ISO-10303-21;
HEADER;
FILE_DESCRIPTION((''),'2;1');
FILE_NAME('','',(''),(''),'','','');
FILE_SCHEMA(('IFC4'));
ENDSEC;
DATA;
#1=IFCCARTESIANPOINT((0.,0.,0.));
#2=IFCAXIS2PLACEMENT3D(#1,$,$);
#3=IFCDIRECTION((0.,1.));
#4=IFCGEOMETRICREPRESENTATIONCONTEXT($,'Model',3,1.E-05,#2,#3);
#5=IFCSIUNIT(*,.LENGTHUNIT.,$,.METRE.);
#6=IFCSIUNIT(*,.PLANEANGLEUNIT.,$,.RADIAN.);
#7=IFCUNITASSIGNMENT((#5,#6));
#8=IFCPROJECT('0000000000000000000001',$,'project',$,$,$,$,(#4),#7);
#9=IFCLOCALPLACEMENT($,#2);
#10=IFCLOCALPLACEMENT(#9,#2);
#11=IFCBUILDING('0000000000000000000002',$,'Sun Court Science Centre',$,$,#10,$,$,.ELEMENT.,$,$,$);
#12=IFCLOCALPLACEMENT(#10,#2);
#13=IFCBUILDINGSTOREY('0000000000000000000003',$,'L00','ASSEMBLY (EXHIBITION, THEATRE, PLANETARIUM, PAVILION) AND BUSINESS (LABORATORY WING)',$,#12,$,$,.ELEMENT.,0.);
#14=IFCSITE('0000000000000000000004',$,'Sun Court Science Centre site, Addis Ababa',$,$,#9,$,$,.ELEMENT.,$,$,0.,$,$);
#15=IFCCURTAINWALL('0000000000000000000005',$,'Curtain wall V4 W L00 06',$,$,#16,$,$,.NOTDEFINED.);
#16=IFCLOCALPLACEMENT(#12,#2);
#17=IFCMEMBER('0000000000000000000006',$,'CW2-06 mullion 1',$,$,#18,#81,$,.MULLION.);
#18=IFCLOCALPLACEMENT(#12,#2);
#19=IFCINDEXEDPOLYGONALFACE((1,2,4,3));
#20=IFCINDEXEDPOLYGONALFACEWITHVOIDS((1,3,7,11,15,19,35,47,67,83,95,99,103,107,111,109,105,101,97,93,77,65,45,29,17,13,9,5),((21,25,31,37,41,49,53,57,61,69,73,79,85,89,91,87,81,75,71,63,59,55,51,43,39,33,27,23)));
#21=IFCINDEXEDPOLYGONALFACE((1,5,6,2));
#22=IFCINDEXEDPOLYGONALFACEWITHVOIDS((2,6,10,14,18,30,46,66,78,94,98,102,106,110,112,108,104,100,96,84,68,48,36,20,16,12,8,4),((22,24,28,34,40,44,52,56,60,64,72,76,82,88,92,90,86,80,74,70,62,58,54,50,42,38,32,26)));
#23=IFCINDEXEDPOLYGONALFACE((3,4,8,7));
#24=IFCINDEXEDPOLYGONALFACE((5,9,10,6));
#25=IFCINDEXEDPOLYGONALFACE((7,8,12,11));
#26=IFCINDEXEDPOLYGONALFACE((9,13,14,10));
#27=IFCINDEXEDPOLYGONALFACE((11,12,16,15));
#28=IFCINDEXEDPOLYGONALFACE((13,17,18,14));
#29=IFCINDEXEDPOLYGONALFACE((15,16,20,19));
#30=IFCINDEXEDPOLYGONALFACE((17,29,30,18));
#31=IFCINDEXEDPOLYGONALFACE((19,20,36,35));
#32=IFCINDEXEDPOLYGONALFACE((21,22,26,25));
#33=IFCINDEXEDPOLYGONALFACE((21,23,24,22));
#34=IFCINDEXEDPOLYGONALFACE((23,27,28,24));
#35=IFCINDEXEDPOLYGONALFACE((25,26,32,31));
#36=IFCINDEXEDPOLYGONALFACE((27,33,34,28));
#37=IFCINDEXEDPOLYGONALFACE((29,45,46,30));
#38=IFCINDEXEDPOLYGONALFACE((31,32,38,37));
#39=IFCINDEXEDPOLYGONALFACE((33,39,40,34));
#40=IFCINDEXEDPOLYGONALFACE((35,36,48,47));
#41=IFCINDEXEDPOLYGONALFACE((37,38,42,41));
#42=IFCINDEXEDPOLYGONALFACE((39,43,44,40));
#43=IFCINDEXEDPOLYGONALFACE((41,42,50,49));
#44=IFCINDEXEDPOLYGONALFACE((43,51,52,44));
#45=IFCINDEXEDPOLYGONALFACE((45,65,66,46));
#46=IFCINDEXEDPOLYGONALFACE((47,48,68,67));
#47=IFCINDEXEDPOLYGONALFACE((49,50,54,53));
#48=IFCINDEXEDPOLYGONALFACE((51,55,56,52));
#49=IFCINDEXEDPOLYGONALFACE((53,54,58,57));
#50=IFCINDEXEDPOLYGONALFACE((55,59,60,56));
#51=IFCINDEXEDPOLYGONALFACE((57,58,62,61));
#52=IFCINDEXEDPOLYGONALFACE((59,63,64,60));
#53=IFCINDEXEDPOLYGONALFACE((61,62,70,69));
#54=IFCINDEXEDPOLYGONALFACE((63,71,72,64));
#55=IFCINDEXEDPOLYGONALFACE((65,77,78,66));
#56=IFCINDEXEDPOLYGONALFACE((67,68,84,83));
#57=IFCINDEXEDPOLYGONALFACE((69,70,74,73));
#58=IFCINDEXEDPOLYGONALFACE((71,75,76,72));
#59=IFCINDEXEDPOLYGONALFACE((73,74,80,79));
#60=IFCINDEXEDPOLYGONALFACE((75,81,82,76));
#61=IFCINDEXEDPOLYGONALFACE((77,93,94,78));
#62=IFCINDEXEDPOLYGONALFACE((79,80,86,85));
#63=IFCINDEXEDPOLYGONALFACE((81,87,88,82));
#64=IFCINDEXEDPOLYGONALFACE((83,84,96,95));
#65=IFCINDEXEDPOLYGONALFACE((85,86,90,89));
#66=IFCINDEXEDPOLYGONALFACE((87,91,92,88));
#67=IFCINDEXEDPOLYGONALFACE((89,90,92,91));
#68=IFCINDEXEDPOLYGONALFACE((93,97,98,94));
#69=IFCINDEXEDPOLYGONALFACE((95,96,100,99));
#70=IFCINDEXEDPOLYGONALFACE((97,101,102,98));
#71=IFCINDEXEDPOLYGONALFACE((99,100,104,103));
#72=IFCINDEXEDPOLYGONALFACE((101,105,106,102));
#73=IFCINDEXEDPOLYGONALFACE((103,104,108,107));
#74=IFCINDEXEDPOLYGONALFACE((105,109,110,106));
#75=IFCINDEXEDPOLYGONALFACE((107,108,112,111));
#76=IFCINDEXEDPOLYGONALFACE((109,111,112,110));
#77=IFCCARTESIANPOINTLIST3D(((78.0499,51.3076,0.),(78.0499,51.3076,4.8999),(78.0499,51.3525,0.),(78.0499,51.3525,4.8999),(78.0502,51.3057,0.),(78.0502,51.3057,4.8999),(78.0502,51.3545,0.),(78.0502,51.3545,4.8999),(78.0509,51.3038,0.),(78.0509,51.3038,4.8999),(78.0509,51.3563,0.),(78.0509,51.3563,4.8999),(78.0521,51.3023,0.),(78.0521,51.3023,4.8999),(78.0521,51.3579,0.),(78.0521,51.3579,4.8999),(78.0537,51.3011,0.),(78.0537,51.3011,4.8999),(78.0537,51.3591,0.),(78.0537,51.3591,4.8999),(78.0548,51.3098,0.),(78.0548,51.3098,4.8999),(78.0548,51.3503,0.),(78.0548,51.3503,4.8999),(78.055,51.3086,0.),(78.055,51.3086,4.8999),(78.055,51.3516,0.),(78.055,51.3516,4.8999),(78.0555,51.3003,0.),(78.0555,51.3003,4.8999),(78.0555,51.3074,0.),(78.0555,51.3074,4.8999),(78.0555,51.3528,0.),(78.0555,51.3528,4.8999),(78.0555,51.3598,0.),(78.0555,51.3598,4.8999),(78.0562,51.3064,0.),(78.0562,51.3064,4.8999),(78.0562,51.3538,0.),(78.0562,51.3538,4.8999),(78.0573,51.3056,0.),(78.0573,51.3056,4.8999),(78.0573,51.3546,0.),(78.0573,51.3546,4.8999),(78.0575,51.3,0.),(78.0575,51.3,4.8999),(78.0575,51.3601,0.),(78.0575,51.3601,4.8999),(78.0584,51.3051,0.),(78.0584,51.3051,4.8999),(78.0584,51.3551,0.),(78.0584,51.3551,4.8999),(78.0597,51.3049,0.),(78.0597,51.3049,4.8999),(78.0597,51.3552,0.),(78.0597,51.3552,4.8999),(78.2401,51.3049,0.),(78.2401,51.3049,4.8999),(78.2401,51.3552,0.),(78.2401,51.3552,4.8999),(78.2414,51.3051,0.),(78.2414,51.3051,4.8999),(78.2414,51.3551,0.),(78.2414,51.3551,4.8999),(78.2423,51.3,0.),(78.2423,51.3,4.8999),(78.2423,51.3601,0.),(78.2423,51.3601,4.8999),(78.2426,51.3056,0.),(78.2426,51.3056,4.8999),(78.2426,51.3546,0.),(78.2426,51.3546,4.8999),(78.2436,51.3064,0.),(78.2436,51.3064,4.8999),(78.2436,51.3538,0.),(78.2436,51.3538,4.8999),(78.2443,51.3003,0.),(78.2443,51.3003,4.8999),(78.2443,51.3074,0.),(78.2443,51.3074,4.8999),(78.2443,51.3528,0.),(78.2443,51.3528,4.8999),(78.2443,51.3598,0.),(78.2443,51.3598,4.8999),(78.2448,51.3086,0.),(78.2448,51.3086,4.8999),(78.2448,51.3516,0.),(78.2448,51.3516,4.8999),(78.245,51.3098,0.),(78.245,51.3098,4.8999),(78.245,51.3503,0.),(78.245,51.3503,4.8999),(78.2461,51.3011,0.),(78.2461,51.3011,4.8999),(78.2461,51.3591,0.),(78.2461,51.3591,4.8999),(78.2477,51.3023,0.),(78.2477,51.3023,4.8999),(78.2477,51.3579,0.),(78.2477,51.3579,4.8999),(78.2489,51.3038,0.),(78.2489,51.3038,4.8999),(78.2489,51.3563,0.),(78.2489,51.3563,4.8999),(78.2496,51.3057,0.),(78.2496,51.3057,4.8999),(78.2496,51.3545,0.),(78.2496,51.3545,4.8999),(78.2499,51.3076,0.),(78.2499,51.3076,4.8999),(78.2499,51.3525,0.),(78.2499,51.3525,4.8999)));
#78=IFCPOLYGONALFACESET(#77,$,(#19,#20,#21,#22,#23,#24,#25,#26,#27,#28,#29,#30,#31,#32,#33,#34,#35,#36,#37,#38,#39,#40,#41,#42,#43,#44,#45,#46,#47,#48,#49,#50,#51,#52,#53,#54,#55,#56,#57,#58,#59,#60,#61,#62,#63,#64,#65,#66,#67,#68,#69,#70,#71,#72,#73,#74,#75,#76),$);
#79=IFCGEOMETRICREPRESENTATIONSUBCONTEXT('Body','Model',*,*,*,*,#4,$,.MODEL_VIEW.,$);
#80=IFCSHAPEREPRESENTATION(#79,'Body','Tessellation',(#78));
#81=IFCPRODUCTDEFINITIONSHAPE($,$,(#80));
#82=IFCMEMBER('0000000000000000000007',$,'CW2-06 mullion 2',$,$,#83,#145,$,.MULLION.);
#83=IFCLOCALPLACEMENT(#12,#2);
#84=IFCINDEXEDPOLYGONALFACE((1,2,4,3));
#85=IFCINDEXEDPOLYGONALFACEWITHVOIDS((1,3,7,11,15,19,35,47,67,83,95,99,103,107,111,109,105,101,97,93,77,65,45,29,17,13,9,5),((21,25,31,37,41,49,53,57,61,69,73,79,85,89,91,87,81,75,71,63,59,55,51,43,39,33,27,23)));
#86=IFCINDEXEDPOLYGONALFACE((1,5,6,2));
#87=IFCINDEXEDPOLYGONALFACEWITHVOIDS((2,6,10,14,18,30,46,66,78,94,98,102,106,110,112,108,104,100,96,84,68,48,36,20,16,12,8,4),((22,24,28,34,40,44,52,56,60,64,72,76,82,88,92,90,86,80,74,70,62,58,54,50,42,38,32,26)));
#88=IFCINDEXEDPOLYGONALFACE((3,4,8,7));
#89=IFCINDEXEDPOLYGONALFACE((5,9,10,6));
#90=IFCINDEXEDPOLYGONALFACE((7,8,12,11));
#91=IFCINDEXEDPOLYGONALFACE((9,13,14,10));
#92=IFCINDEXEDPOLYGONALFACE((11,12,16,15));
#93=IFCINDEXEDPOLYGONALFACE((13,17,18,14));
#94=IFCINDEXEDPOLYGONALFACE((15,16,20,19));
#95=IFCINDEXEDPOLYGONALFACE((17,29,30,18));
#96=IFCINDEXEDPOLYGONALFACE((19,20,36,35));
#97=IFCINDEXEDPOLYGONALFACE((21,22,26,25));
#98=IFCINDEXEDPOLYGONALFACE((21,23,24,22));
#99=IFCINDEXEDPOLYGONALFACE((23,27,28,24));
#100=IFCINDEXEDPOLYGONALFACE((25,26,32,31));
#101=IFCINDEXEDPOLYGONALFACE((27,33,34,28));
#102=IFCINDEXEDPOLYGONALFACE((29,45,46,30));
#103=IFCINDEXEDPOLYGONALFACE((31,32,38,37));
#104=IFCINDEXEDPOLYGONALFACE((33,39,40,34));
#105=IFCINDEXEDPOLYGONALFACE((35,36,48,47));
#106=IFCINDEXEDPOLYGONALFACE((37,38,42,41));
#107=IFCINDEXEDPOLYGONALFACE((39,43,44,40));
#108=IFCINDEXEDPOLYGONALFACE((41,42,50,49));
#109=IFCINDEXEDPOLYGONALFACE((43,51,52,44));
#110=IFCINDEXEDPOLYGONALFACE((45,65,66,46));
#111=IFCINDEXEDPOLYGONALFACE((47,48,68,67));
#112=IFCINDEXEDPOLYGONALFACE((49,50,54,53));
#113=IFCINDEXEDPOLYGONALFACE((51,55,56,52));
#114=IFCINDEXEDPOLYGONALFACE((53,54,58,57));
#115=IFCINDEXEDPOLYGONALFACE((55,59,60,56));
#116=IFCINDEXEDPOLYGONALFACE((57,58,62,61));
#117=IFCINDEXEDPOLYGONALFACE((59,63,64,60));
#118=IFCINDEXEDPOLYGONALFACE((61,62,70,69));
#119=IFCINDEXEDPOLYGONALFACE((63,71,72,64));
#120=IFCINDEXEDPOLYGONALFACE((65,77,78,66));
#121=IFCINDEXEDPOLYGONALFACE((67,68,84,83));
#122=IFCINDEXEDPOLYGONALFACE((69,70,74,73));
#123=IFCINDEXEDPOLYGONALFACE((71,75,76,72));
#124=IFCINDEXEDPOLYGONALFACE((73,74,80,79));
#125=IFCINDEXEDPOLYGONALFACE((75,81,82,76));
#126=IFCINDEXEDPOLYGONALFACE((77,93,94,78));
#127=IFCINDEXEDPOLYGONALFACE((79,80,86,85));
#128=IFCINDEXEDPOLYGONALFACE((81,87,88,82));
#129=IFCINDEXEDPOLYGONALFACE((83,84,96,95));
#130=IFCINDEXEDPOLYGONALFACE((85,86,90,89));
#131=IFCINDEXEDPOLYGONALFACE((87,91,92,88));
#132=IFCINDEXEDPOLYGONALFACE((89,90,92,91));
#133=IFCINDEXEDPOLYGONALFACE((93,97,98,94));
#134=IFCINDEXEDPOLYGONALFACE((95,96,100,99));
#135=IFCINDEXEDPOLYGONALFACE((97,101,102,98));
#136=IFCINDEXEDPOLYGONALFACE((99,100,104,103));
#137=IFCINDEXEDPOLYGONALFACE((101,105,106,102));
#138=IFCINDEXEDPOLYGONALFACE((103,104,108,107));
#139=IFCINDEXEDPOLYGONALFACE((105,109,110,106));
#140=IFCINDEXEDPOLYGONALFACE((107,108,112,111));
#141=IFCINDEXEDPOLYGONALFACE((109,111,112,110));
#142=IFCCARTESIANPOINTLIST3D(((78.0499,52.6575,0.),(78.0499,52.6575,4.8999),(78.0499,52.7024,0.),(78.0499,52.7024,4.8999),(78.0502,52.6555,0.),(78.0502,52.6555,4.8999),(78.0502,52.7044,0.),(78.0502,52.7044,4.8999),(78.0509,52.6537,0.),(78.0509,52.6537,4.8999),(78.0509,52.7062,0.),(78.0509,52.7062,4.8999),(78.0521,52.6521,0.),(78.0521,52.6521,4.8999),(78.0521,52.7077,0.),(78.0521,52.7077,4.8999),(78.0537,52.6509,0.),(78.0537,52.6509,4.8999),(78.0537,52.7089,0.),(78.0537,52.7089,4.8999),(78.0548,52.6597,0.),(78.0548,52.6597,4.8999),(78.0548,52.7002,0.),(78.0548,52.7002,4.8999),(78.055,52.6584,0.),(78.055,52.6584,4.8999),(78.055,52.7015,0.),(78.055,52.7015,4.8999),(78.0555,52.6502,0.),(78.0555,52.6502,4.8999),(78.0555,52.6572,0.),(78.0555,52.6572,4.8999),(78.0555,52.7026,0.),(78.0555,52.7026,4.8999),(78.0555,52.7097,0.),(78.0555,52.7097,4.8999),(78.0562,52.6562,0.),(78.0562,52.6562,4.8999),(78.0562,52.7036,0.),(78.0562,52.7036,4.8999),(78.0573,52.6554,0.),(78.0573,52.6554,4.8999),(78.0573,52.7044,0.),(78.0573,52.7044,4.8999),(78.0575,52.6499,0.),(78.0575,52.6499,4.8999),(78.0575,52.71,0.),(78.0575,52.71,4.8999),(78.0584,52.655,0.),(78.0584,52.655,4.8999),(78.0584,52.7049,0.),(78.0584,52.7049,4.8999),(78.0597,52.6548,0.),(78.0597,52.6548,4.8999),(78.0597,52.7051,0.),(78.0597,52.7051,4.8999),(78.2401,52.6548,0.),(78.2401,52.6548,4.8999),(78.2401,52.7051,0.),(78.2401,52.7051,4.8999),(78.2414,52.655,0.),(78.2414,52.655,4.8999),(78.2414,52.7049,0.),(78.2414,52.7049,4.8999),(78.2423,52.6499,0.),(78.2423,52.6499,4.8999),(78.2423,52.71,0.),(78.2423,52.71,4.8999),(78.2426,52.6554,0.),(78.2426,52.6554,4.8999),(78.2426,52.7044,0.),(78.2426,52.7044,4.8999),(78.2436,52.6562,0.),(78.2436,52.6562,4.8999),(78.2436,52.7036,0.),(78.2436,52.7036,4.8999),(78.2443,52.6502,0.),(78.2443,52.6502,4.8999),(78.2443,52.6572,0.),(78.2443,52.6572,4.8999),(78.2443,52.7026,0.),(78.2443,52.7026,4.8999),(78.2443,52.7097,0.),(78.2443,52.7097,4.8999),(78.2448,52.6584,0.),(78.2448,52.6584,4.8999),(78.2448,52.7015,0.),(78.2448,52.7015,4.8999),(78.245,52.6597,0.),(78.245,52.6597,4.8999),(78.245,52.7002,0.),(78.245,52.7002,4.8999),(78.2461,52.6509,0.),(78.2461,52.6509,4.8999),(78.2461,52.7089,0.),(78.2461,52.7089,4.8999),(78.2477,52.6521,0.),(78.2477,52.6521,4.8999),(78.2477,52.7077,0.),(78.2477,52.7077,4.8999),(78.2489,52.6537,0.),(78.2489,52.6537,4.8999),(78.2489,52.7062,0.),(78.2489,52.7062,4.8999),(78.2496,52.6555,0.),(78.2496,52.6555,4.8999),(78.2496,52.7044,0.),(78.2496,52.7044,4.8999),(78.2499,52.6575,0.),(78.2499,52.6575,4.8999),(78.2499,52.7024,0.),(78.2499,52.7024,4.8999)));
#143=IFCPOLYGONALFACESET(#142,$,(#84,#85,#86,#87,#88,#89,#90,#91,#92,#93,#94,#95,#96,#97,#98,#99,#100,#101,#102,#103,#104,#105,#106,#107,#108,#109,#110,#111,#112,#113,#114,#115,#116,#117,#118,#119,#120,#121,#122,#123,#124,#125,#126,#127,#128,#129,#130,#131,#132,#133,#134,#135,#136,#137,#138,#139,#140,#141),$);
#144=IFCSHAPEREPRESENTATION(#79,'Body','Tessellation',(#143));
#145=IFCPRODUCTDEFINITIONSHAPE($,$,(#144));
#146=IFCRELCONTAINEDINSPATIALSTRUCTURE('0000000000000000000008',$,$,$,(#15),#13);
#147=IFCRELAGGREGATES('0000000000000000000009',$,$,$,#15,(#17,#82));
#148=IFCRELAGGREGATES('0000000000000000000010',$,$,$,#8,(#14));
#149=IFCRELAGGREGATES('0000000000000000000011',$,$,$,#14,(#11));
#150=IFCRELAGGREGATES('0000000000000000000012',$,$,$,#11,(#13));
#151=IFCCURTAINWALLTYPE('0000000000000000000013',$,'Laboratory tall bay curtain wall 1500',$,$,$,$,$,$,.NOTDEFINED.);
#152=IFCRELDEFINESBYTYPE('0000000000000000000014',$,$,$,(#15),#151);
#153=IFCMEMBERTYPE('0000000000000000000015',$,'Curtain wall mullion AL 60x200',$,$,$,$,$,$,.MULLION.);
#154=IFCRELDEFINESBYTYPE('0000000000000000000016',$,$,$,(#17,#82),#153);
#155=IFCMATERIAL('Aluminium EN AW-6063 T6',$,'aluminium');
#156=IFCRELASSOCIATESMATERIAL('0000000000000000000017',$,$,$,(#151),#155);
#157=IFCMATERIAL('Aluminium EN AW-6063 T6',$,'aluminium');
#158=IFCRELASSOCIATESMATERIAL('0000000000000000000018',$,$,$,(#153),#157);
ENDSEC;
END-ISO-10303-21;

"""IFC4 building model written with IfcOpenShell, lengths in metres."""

from ifc_helpers import new_model, si_unit, direction, frame, origin, origin_2d, place, context, subcontext, project, spatial, hollow_rectangle, extrude, material, material_profile, profile_set, type_object, element, aggregate, save


model = new_model("IFC4")

# Units and contexts
model_context = context("Model", 3, precision=1e-05, world=origin(), true_north=direction((0.0, 1.0)))
body_context = subcontext(model_context, "Body", "Model", "MODEL_VIEW")
ifc_project = project(units=[si_unit("LENGTHUNIT", "METRE"), si_unit("PLANEANGLEUNIT", "RADIAN")], contexts=[model_context])

# Site, building, storey
site_placement = place(None, origin())
site = spatial("IfcSite", under=ifc_project, at=site_placement, Name="Sun Court Science Centre site, Addis Ababa", CompositionType="ELEMENT", RefElevation=0.0)
building_placement = place(site_placement, origin())
building = spatial("IfcBuilding", under=site, at=building_placement, Name="Sun Court Science Centre", CompositionType="ELEMENT")
storey_placement = place(building_placement, origin())
storey = spatial("IfcBuildingStorey", under=building, at=storey_placement, Name="L00", Description="ASSEMBLY (EXHIBITION, THEATRE, PLANETARIUM, PAVILION) AND BUSINESS (LABORATORY WING)", CompositionType="ELEMENT", Elevation=0.0)

# Curtain wall, members
ifc_material_1 = material(Name="Aluminium EN AW-6063 T6", Category="aluminium")
curtain_wall_type = type_object("IfcCurtainWallType", Name="Laboratory tall bay curtain wall 1500", PredefinedType="NOTDEFINED", material=ifc_material_1)
curtain_wall_placement = place(storey_placement, origin())
curtain_wall = element("IfcCurtainWall", 1, at=curtain_wall_placement, inside=storey, type_object=curtain_wall_type, Name="Curtain wall V4 W L00 06", PredefinedType="NOTDEFINED")
ifc_material_2 = material(Name="Aluminium EN AW-6063 T6", Category="aluminium")
ifc_material_profile_1 = material_profile(ifc_material_2, hollow_rectangle(XDim=0.0601, YDim=0.2, WallThickness=0.0049, InnerFilletRadius=0.0049, OuterFilletRadius=0.0076, at=origin_2d()), Name="AL 60x200x5")
ifc_profile_set_1 = profile_set([ifc_material_profile_1], Name="Aluminium EN AW-6063 T6")
member_type_1 = type_object("IfcMemberType", Name="Curtain wall mullion AL 60x200", PredefinedType="MULLION", material=ifc_profile_set_1)
member_1_placement = place(storey_placement, frame((78.1499, 51.3301, 0.0), z_axis=(0.0, 0.0, 1.0), x_axis=(0.0, 1.0, 0.0)))
member_1 = element("IfcMember", 2, at=member_1_placement, type_object=member_type_1, Name="CW2-06 mullion 1", PredefinedType="MULLION", context=body_context, shape_type="SweptSolid", body=[
    extrude(hollow_rectangle(XDim=0.0601, YDim=0.2, WallThickness=0.0049, InnerFilletRadius=0.0049, OuterFilletRadius=0.0076, at=origin_2d()), origin(), (0.0, 0.0, 1.0), 4.8999),
])
member_2_placement = place(storey_placement, frame((78.1499, 52.6799, 0.0), z_axis=(0.0, 0.0, 1.0), x_axis=(0.0, 1.0, 0.0)))
member_2 = element("IfcMember", 3, at=member_2_placement, type_object=member_type_1, Name="CW2-06 mullion 2", PredefinedType="MULLION", context=body_context, shape_type="SweptSolid", body=[
    extrude(hollow_rectangle(XDim=0.0601, YDim=0.2, WallThickness=0.0049, InnerFilletRadius=0.0049, OuterFilletRadius=0.0076, at=origin_2d()), origin(), (0.0, 0.0, 1.0), 4.8999),
])
aggregate(curtain_wall, [member_1, member_2])

save(model, "model.ifc")
